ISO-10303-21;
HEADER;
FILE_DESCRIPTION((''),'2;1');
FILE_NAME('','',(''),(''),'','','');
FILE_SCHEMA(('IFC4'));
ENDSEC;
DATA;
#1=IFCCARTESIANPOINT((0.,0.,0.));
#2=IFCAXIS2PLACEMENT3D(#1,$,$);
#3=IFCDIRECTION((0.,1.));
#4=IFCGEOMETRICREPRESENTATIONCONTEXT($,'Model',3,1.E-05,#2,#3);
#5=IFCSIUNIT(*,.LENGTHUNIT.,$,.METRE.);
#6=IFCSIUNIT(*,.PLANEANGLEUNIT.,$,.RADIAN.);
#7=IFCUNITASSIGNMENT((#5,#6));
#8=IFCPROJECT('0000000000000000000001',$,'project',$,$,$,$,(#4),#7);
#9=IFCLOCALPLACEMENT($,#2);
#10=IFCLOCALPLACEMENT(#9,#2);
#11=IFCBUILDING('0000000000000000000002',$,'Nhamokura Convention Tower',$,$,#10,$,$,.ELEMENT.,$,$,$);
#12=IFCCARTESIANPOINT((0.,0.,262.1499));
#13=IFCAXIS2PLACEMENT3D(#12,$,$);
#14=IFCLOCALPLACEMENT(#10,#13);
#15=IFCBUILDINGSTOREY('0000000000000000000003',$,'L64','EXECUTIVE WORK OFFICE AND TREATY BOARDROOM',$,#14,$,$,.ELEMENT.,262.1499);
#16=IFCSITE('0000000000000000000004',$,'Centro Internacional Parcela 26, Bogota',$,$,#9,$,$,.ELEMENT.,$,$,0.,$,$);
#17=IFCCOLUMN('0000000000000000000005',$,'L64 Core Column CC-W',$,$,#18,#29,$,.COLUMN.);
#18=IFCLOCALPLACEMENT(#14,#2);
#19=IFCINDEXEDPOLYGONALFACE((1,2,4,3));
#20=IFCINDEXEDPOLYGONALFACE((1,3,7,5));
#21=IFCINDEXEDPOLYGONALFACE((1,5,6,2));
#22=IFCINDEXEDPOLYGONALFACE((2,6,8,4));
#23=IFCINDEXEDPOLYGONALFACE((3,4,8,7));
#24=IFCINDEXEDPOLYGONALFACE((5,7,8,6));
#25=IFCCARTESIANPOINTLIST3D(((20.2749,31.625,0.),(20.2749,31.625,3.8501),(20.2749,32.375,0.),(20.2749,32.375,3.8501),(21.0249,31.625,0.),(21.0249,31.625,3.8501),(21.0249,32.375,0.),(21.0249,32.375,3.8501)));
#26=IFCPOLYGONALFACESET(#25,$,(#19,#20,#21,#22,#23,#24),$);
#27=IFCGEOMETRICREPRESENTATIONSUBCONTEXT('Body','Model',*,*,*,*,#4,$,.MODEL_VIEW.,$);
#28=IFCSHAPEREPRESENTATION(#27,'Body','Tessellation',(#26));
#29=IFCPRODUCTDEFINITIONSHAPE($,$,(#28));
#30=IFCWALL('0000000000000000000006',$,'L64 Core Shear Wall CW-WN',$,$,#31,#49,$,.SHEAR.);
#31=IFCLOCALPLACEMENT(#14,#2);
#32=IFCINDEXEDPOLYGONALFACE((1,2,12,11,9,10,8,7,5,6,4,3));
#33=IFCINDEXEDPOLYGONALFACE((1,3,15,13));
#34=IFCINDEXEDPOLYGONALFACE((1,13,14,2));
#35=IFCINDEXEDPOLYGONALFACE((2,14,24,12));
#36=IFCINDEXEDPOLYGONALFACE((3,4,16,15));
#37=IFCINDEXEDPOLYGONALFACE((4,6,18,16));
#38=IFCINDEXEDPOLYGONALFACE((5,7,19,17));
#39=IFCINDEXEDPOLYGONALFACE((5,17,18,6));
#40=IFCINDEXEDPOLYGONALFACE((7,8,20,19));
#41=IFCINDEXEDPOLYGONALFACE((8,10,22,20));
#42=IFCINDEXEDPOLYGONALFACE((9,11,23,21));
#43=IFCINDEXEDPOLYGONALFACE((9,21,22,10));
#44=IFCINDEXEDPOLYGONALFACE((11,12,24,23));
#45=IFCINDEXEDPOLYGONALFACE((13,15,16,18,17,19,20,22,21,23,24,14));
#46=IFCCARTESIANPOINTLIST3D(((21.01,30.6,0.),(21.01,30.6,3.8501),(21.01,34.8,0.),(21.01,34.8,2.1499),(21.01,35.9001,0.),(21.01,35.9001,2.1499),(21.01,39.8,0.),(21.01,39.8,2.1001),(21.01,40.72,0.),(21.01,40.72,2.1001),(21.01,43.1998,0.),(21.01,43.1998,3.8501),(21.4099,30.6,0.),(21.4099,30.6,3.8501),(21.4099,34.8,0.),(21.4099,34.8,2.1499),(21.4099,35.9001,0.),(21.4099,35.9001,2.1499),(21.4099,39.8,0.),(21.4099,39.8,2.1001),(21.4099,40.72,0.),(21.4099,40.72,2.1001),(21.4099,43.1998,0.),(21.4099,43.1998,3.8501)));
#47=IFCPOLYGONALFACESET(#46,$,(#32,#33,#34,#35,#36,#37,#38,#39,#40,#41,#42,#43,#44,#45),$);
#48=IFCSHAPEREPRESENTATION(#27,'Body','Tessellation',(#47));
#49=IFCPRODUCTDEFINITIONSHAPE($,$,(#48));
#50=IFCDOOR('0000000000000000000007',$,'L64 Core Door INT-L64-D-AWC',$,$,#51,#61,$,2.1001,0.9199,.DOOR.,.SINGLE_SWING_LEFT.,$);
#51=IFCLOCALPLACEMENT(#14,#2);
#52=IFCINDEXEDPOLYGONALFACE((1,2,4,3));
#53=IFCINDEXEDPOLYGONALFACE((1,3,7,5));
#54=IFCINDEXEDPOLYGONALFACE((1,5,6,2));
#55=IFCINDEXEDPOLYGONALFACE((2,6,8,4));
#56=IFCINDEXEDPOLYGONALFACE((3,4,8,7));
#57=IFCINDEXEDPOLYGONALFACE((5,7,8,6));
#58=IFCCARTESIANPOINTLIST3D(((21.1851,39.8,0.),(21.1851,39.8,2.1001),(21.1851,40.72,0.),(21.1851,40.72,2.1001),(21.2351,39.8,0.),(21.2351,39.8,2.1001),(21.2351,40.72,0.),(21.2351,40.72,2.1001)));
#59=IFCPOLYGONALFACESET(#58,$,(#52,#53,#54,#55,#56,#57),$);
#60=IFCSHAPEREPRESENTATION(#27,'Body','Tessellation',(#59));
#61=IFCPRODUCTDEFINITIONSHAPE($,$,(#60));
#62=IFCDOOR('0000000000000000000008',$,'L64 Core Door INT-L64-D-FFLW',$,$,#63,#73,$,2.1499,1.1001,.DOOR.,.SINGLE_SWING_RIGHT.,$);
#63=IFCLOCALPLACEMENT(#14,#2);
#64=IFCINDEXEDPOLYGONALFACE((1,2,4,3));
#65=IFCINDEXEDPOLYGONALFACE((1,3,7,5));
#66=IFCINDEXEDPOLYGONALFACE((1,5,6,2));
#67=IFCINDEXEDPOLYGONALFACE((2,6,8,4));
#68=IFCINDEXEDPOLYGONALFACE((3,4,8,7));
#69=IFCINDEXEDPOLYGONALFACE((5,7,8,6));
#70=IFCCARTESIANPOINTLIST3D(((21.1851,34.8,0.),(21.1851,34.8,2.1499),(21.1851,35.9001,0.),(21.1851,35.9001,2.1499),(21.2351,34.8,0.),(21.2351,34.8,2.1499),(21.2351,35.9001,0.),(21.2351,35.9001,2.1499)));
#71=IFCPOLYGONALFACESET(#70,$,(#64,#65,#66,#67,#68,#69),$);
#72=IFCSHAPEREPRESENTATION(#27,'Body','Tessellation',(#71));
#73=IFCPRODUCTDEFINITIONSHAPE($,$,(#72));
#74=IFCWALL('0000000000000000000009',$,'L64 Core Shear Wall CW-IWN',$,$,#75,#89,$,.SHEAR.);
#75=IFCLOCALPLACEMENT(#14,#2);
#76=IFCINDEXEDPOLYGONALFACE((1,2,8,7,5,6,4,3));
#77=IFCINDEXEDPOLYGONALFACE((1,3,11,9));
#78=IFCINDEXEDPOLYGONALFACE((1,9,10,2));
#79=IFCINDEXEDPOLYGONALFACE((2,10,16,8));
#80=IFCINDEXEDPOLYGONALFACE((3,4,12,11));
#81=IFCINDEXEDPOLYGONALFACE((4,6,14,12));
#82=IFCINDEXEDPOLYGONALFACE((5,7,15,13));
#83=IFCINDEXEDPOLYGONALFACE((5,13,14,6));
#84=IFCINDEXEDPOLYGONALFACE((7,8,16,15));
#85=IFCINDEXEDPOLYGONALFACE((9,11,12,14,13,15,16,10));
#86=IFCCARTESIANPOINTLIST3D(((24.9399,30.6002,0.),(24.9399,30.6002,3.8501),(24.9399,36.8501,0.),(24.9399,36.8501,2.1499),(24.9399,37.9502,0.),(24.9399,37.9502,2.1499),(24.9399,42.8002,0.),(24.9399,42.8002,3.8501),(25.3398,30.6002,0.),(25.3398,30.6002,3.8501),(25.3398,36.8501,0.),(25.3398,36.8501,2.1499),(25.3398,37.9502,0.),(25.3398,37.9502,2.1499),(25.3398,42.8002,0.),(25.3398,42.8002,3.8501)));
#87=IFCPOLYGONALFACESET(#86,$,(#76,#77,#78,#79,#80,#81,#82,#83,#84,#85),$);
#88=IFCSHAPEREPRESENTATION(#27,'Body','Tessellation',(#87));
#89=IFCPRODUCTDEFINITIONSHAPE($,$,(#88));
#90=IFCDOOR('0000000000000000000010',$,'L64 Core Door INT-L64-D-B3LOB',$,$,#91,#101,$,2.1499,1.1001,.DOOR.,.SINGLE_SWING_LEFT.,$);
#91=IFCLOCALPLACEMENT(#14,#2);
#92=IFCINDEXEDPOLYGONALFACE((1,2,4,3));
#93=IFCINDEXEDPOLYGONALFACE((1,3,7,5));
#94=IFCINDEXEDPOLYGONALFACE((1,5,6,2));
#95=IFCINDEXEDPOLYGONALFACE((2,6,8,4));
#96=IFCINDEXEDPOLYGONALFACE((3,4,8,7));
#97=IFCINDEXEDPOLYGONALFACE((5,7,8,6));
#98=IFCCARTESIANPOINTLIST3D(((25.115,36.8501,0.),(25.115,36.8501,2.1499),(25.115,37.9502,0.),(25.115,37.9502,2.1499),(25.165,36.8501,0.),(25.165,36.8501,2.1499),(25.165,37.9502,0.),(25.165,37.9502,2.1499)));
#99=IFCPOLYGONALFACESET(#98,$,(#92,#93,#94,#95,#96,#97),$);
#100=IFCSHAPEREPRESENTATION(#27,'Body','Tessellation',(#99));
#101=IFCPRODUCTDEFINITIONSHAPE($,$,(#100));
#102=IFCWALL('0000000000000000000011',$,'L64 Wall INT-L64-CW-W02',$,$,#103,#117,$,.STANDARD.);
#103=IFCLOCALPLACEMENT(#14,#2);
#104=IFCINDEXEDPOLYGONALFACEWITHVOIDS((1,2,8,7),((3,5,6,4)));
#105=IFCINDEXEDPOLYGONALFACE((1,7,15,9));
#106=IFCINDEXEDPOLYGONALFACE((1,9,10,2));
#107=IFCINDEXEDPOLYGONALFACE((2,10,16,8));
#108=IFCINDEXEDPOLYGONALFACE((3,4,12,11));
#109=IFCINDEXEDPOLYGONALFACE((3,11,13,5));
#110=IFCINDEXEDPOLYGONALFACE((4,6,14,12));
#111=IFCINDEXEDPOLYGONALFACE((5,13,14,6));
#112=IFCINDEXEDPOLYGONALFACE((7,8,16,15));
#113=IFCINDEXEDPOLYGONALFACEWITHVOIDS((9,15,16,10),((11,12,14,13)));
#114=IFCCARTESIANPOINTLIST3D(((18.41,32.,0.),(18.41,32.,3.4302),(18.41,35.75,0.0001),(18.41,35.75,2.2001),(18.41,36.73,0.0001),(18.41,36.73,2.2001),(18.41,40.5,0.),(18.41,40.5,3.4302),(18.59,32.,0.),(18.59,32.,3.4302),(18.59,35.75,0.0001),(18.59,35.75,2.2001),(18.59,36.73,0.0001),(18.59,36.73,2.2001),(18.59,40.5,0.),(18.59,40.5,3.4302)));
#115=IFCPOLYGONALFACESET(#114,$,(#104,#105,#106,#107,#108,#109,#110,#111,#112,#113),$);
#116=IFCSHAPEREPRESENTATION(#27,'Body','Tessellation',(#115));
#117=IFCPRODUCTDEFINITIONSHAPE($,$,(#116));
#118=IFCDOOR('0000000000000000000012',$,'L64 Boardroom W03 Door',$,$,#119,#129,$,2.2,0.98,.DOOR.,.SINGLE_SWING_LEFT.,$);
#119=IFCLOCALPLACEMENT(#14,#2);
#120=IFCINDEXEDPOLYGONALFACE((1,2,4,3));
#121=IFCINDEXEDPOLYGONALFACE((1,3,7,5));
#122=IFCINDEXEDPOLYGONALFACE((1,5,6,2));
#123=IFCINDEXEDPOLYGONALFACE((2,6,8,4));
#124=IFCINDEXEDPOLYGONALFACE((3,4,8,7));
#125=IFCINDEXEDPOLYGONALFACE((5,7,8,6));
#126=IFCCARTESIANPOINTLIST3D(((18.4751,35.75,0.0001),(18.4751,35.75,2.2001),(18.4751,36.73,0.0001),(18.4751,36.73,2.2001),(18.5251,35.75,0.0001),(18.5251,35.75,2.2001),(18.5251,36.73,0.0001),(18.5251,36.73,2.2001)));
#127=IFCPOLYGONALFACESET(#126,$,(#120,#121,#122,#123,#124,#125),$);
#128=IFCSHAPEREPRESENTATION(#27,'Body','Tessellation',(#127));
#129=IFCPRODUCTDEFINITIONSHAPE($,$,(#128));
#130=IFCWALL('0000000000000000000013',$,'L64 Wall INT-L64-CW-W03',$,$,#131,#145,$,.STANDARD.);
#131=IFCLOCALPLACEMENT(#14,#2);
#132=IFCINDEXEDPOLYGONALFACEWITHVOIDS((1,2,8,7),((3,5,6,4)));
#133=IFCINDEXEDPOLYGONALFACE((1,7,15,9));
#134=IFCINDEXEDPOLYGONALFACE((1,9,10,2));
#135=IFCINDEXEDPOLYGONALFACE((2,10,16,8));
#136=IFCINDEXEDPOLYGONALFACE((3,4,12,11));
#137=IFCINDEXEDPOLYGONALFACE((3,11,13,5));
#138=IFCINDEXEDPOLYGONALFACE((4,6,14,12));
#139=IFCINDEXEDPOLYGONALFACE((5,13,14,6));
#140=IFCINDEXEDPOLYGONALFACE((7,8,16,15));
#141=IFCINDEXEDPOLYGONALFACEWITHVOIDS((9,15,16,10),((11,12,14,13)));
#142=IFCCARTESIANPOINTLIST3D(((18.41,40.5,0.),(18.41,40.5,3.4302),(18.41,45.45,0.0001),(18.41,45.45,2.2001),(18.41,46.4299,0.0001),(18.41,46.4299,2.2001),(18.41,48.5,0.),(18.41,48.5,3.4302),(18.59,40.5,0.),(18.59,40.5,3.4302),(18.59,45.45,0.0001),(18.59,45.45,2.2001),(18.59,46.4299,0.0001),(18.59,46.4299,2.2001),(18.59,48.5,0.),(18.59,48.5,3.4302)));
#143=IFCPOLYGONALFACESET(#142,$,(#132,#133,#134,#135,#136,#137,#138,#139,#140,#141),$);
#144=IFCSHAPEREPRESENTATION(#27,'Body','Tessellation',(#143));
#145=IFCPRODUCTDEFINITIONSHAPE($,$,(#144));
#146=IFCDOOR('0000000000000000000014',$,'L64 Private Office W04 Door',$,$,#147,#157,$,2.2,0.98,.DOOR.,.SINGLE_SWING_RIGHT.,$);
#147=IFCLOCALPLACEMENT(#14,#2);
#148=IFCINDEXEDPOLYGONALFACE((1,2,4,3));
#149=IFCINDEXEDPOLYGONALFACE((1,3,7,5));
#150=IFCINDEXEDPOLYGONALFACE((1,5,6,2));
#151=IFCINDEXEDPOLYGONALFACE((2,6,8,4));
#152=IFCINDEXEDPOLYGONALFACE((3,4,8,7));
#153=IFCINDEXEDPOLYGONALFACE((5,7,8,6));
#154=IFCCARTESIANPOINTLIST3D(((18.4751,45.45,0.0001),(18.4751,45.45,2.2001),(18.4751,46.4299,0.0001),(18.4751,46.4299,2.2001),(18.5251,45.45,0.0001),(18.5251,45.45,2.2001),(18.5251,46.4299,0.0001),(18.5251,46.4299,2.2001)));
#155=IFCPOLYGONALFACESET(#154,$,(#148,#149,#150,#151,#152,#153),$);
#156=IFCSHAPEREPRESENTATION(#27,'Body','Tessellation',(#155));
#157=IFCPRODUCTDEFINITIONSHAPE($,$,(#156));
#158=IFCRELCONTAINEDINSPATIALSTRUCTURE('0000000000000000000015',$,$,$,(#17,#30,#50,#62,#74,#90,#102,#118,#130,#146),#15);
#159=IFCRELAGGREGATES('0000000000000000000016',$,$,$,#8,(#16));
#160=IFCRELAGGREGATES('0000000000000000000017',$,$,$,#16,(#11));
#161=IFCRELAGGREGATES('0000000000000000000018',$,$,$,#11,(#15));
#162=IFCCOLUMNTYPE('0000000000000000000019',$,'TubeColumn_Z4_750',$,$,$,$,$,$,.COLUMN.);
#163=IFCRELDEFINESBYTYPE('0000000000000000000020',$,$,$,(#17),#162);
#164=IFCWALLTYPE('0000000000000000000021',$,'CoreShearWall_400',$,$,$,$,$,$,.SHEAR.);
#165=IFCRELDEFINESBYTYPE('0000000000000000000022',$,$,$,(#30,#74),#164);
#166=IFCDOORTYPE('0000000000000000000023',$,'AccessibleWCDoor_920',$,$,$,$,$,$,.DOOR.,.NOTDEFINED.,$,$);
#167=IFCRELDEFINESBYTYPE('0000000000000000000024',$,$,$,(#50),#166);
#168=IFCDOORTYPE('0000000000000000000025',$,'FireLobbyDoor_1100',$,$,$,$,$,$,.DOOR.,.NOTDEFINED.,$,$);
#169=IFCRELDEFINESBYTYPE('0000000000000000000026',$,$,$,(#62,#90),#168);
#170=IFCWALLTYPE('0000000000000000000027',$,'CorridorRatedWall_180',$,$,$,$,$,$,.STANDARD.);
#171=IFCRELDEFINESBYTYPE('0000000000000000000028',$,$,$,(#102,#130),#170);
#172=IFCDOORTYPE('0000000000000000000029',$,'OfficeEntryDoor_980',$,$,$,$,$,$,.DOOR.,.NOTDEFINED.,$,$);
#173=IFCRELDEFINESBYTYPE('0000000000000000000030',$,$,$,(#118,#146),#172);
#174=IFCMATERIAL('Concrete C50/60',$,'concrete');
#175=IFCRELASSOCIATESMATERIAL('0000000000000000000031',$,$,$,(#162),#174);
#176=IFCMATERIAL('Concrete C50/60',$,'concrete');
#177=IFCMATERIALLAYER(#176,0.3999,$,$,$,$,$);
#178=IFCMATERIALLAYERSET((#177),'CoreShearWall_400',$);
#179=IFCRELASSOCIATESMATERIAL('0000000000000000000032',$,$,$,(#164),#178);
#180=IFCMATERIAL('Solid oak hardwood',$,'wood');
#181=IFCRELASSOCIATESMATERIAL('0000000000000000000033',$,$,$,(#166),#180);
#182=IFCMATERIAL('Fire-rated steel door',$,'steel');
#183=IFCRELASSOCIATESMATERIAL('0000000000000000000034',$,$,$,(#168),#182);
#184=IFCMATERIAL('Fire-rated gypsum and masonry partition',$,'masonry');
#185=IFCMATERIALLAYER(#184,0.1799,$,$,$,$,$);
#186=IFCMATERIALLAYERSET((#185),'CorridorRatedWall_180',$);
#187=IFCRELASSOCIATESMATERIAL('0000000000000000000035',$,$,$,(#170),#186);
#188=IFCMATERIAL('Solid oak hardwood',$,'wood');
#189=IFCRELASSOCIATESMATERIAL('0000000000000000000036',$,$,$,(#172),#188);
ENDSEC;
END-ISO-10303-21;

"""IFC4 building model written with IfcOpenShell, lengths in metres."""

from ifc_helpers import new_model, si_unit, direction, frame, frame_2d, origin, origin_2d, place, context, subcontext, project, spatial, rectangle, extrude, material, layer, layer_set, material_profile, profile_set, type_object, element, fill, save


model = new_model("IFC4")

# Units and contexts
model_context = context("Model", 3, precision=1e-05, world=origin(), true_north=direction((0.0, 1.0)))
body_context = subcontext(model_context, "Body", "Model", "MODEL_VIEW")
ifc_project = project(units=[si_unit("LENGTHUNIT", "METRE"), si_unit("PLANEANGLEUNIT", "RADIAN")], contexts=[model_context])

# Site, building, storey
site_placement = place(None, origin())
site = spatial("IfcSite", under=ifc_project, at=site_placement, Name="Centro Internacional Parcela 26, Bogota", CompositionType="ELEMENT", RefElevation=0.0)
building_placement = place(site_placement, origin())
building = spatial("IfcBuilding", under=site, at=building_placement, Name="Nhamokura Convention Tower", CompositionType="ELEMENT")
storey_placement = place(building_placement, frame((0.0, 0.0, 262.1499)))
storey = spatial("IfcBuildingStorey", under=building, at=storey_placement, Name="L64", Description="EXECUTIVE WORK OFFICE AND TREATY BOARDROOM", CompositionType="ELEMENT", Elevation=262.1499)

# Column
ifc_material_1 = material(Name="Concrete C50/60", Category="concrete")
ifc_material_profile = material_profile(ifc_material_1, rectangle(XDim=0.75, YDim=0.75, at=origin_2d()))
ifc_profile_set = profile_set([ifc_material_profile], Name="Concrete C50/60")
column_type = type_object("IfcColumnType", Name="TubeColumn_Z4_750", PredefinedType="COLUMN", material=ifc_profile_set)
column_placement = place(storey_placement, frame((20.6499, 32.0, 0.0), z_axis=(0.0, 0.0, 1.0), x_axis=(1.0, 0.0, 0.0)))
element("IfcColumn", 1, at=column_placement, inside=storey, type_object=column_type, Name="L64 Core Column CC-W", PredefinedType="COLUMN", context=body_context, shape_type="SweptSolid", body=[
    extrude(rectangle(XDim=0.75, YDim=0.75, at=origin_2d()), origin(), (0.0, 0.0, 1.0), 3.8501),
])

# Wall, openings, doors
ifc_material_2 = material(Name="Concrete C50/60", Category="concrete")
ifc_layer_1 = layer(ifc_material_2, 0.3999)
ifc_layer_set_1 = layer_set([ifc_layer_1], Name="CoreShearWall_400")
wall_type_1 = type_object("IfcWallType", Name="CoreShearWall_400", PredefinedType="SHEAR", material=ifc_layer_set_1)
wall_1_placement = place(storey_placement, frame((21.21, 30.6001, 0.0), z_axis=(0.0, 0.0, 1.0), x_axis=(0.0, 1.0, 0.0)))
wall_1 = element("IfcWall", 2, at=wall_1_placement, inside=storey, type_object=wall_type_1, Name="L64 Core Shear Wall CW-WN", PredefinedType="SHEAR", context=body_context, shape_type="SweptSolid", body=[
    extrude(rectangle(XDim=12.5999, YDim=0.3999, at=frame_2d((6.2998, 0.0))), origin(), (0.0, 0.0, 1.0), 3.8501),
])
opening_1_placement = place(wall_1_placement, frame((4.2, 0.0, 0.0)))
opening_1 = element("IfcOpeningElement", 3, at=opening_1_placement, cuts=wall_1, PredefinedType="OPENING", context=body_context, shape_type="SweptSolid", body=[
    extrude(rectangle(XDim=1.1001, YDim=2.1499, at=frame_2d((0.55, 1.075))), frame((0.0, 0.21, 0.0), z_axis=(0.0, -1.0, 0.0), x_axis=(1.0, 0.0, 0.0)), (0.0, 0.0, 1.0), 0.4199),
])
opening_2_placement = place(wall_1_placement, frame((9.2, 0.0, 0.0)))
opening_2 = element("IfcOpeningElement", 4, at=opening_2_placement, cuts=wall_1, PredefinedType="OPENING", context=body_context, shape_type="SweptSolid", body=[
    extrude(rectangle(XDim=0.9199, YDim=2.1001, at=frame_2d((0.46, 1.05))), frame((0.0, 0.21, 0.0), z_axis=(0.0, -1.0, 0.0), x_axis=(1.0, 0.0, 0.0)), (0.0, 0.0, 1.0), 0.4199),
])
ifc_material_3 = material(Name="Solid oak hardwood", Category="wood")
door_type_1 = type_object("IfcDoorType", Name="AccessibleWCDoor_920", OperationType="NOTDEFINED", PredefinedType="DOOR", material=ifc_material_3)
door_1_placement = place(opening_2_placement, origin())
door_1 = element("IfcDoor", 5, at=door_1_placement, inside=storey, type_object=door_type_1, Name="L64 Core Door INT-L64-D-AWC", OperationType="SINGLE_SWING_LEFT", OverallHeight=2.1001, OverallWidth=0.9199, PredefinedType="DOOR", context=body_context, shape_type="SweptSolid", body=[
    extrude(rectangle(XDim=0.9199, YDim=2.1001, at=frame_2d((0.46, 1.05))), frame((0.0, 0.0249, 0.0), z_axis=(0.0, -1.0, 0.0), x_axis=(1.0, 0.0, 0.0)), (0.0, 0.0, 1.0), 0.05),
])
fill(opening_2, door_1)
ifc_material_4 = material(Name="Fire-rated steel door", Category="steel")
door_type_2 = type_object("IfcDoorType", Name="FireLobbyDoor_1100", OperationType="NOTDEFINED", PredefinedType="DOOR", material=ifc_material_4)
door_2_placement = place(opening_1_placement, origin())
door_2 = element("IfcDoor", 6, at=door_2_placement, inside=storey, type_object=door_type_2, Name="L64 Core Door INT-L64-D-FFLW", OperationType="SINGLE_SWING_RIGHT", OverallHeight=2.1499, OverallWidth=1.1001, PredefinedType="DOOR", context=body_context, shape_type="SweptSolid", body=[
    extrude(rectangle(XDim=1.1001, YDim=2.1499, at=frame_2d((0.55, 1.075))), frame((0.0, 0.0249, 0.0), z_axis=(0.0, -1.0, 0.0), x_axis=(1.0, 0.0, 0.0)), (0.0, 0.0, 1.0), 0.05),
])
fill(opening_1, door_2)

# Walls, openings, doors
wall_2_placement = place(storey_placement, frame((25.1399, 30.6001, 0.0), z_axis=(0.0, 0.0, 1.0), x_axis=(0.0, 1.0, 0.0)))
wall_2 = element("IfcWall", 7, at=wall_2_placement, inside=storey, type_object=wall_type_1, Name="L64 Core Shear Wall CW-IWN", PredefinedType="SHEAR", context=body_context, shape_type="SweptSolid", body=[
    extrude(rectangle(XDim=12.2, YDim=0.3999, at=frame_2d((6.1001, 0.0))), origin(), (0.0, 0.0, 1.0), 3.8501),
])
opening_3_placement = place(wall_2_placement, frame((6.25, 0.0, 0.0)))
opening_3 = element("IfcOpeningElement", 8, at=opening_3_placement, cuts=wall_2, PredefinedType="OPENING", context=body_context, shape_type="SweptSolid", body=[
    extrude(rectangle(XDim=1.1001, YDim=2.1499, at=frame_2d((0.55, 1.075))), frame((0.0, 0.21, 0.0), z_axis=(0.0, -1.0, 0.0), x_axis=(1.0, 0.0, 0.0)), (0.0, 0.0, 1.0), 0.4199),
])
door_3_placement = place(opening_3_placement, origin())
door_3 = element("IfcDoor", 9, at=door_3_placement, inside=storey, type_object=door_type_2, Name="L64 Core Door INT-L64-D-B3LOB", OperationType="SINGLE_SWING_LEFT", OverallHeight=2.1499, OverallWidth=1.1001, PredefinedType="DOOR", context=body_context, shape_type="SweptSolid", body=[
    extrude(rectangle(XDim=1.1001, YDim=2.1499, at=frame_2d((0.55, 1.075))), frame((0.0, 0.0249, 0.0), z_axis=(0.0, -1.0, 0.0), x_axis=(1.0, 0.0, 0.0)), (0.0, 0.0, 1.0), 0.05),
])
fill(opening_3, door_3)
ifc_material_5 = material(Name="Fire-rated gypsum and masonry partition", Category="masonry")
ifc_layer_2 = layer(ifc_material_5, 0.1799)
ifc_layer_set_2 = layer_set([ifc_layer_2], Name="CorridorRatedWall_180")
wall_type_2 = type_object("IfcWallType", Name="CorridorRatedWall_180", PredefinedType="STANDARD", material=ifc_layer_set_2)
wall_3_placement = place(storey_placement, frame((18.5, 32.0, 0.0), z_axis=(0.0, 0.0, 1.0), x_axis=(0.0, 1.0, 0.0)))
wall_3 = element("IfcWall", 10, at=wall_3_placement, inside=storey, type_object=wall_type_2, Name="L64 Wall INT-L64-CW-W02", PredefinedType="STANDARD", context=body_context, shape_type="SweptSolid", body=[
    extrude(rectangle(XDim=8.5, YDim=0.1799, at=frame_2d((4.25, 0.0))), origin(), (0.0, 0.0, 1.0), 3.4302),
])
opening_4_placement = place(wall_3_placement, frame((3.75, 0.0, 0.0)))
opening_4 = element("IfcOpeningElement", 11, at=opening_4_placement, cuts=wall_3, PredefinedType="OPENING", context=body_context, shape_type="SweptSolid", body=[
    extrude(rectangle(XDim=0.98, YDim=2.2, at=frame_2d((0.49, 1.1001))), frame((0.0, 0.0999, 0.0), z_axis=(0.0, -1.0, 0.0), x_axis=(1.0, 0.0, 0.0)), (0.0, 0.0, 1.0), 0.2),
])
ifc_material_6 = material(Name="Solid oak hardwood", Category="wood")
door_type_3 = type_object("IfcDoorType", Name="OfficeEntryDoor_980", OperationType="NOTDEFINED", PredefinedType="DOOR", material=ifc_material_6)
door_4_placement = place(opening_4_placement, origin())
door_4 = element("IfcDoor", 12, at=door_4_placement, inside=storey, type_object=door_type_3, Name="L64 Boardroom W03 Door", OperationType="SINGLE_SWING_LEFT", OverallHeight=2.2, OverallWidth=0.98, PredefinedType="DOOR", context=body_context, shape_type="SweptSolid", body=[
    extrude(rectangle(XDim=0.98, YDim=2.2, at=frame_2d((0.49, 1.1001))), frame((0.0, 0.0249, 0.0), z_axis=(0.0, -1.0, 0.0), x_axis=(1.0, 0.0, 0.0)), (0.0, 0.0, 1.0), 0.05),
])
fill(opening_4, door_4)
wall_4_placement = place(storey_placement, frame((18.5, 40.5, 0.0), z_axis=(0.0, 0.0, 1.0), x_axis=(0.0, 1.0, 0.0)))
wall_4 = element("IfcWall", 13, at=wall_4_placement, inside=storey, type_object=wall_type_2, Name="L64 Wall INT-L64-CW-W03", PredefinedType="STANDARD", context=body_context, shape_type="SweptSolid", body=[
    extrude(rectangle(XDim=8.0, YDim=0.1799, at=frame_2d((4.0, 0.0))), origin(), (0.0, 0.0, 1.0), 3.4302),
])
opening_5_placement = place(wall_4_placement, frame((4.95, 0.0, 0.0)))
opening_5 = element("IfcOpeningElement", 14, at=opening_5_placement, cuts=wall_4, PredefinedType="OPENING", context=body_context, shape_type="SweptSolid", body=[
    extrude(rectangle(XDim=0.98, YDim=2.2, at=frame_2d((0.49, 1.1001))), frame((0.0, 0.0999, 0.0), z_axis=(0.0, -1.0, 0.0), x_axis=(1.0, 0.0, 0.0)), (0.0, 0.0, 1.0), 0.2),
])
door_5_placement = place(opening_5_placement, origin())
door_5 = element("IfcDoor", 15, at=door_5_placement, inside=storey, type_object=door_type_3, Name="L64 Private Office W04 Door", OperationType="SINGLE_SWING_RIGHT", OverallHeight=2.2, OverallWidth=0.98, PredefinedType="DOOR", context=body_context, shape_type="SweptSolid", body=[
    extrude(rectangle(XDim=0.98, YDim=2.2, at=frame_2d((0.49, 1.1001))), frame((0.0, 0.0249, 0.0), z_axis=(0.0, -1.0, 0.0), x_axis=(1.0, 0.0, 0.0)), (0.0, 0.0, 1.0), 0.05),
])
fill(opening_5, door_5)

save(model, "model.ifc")
